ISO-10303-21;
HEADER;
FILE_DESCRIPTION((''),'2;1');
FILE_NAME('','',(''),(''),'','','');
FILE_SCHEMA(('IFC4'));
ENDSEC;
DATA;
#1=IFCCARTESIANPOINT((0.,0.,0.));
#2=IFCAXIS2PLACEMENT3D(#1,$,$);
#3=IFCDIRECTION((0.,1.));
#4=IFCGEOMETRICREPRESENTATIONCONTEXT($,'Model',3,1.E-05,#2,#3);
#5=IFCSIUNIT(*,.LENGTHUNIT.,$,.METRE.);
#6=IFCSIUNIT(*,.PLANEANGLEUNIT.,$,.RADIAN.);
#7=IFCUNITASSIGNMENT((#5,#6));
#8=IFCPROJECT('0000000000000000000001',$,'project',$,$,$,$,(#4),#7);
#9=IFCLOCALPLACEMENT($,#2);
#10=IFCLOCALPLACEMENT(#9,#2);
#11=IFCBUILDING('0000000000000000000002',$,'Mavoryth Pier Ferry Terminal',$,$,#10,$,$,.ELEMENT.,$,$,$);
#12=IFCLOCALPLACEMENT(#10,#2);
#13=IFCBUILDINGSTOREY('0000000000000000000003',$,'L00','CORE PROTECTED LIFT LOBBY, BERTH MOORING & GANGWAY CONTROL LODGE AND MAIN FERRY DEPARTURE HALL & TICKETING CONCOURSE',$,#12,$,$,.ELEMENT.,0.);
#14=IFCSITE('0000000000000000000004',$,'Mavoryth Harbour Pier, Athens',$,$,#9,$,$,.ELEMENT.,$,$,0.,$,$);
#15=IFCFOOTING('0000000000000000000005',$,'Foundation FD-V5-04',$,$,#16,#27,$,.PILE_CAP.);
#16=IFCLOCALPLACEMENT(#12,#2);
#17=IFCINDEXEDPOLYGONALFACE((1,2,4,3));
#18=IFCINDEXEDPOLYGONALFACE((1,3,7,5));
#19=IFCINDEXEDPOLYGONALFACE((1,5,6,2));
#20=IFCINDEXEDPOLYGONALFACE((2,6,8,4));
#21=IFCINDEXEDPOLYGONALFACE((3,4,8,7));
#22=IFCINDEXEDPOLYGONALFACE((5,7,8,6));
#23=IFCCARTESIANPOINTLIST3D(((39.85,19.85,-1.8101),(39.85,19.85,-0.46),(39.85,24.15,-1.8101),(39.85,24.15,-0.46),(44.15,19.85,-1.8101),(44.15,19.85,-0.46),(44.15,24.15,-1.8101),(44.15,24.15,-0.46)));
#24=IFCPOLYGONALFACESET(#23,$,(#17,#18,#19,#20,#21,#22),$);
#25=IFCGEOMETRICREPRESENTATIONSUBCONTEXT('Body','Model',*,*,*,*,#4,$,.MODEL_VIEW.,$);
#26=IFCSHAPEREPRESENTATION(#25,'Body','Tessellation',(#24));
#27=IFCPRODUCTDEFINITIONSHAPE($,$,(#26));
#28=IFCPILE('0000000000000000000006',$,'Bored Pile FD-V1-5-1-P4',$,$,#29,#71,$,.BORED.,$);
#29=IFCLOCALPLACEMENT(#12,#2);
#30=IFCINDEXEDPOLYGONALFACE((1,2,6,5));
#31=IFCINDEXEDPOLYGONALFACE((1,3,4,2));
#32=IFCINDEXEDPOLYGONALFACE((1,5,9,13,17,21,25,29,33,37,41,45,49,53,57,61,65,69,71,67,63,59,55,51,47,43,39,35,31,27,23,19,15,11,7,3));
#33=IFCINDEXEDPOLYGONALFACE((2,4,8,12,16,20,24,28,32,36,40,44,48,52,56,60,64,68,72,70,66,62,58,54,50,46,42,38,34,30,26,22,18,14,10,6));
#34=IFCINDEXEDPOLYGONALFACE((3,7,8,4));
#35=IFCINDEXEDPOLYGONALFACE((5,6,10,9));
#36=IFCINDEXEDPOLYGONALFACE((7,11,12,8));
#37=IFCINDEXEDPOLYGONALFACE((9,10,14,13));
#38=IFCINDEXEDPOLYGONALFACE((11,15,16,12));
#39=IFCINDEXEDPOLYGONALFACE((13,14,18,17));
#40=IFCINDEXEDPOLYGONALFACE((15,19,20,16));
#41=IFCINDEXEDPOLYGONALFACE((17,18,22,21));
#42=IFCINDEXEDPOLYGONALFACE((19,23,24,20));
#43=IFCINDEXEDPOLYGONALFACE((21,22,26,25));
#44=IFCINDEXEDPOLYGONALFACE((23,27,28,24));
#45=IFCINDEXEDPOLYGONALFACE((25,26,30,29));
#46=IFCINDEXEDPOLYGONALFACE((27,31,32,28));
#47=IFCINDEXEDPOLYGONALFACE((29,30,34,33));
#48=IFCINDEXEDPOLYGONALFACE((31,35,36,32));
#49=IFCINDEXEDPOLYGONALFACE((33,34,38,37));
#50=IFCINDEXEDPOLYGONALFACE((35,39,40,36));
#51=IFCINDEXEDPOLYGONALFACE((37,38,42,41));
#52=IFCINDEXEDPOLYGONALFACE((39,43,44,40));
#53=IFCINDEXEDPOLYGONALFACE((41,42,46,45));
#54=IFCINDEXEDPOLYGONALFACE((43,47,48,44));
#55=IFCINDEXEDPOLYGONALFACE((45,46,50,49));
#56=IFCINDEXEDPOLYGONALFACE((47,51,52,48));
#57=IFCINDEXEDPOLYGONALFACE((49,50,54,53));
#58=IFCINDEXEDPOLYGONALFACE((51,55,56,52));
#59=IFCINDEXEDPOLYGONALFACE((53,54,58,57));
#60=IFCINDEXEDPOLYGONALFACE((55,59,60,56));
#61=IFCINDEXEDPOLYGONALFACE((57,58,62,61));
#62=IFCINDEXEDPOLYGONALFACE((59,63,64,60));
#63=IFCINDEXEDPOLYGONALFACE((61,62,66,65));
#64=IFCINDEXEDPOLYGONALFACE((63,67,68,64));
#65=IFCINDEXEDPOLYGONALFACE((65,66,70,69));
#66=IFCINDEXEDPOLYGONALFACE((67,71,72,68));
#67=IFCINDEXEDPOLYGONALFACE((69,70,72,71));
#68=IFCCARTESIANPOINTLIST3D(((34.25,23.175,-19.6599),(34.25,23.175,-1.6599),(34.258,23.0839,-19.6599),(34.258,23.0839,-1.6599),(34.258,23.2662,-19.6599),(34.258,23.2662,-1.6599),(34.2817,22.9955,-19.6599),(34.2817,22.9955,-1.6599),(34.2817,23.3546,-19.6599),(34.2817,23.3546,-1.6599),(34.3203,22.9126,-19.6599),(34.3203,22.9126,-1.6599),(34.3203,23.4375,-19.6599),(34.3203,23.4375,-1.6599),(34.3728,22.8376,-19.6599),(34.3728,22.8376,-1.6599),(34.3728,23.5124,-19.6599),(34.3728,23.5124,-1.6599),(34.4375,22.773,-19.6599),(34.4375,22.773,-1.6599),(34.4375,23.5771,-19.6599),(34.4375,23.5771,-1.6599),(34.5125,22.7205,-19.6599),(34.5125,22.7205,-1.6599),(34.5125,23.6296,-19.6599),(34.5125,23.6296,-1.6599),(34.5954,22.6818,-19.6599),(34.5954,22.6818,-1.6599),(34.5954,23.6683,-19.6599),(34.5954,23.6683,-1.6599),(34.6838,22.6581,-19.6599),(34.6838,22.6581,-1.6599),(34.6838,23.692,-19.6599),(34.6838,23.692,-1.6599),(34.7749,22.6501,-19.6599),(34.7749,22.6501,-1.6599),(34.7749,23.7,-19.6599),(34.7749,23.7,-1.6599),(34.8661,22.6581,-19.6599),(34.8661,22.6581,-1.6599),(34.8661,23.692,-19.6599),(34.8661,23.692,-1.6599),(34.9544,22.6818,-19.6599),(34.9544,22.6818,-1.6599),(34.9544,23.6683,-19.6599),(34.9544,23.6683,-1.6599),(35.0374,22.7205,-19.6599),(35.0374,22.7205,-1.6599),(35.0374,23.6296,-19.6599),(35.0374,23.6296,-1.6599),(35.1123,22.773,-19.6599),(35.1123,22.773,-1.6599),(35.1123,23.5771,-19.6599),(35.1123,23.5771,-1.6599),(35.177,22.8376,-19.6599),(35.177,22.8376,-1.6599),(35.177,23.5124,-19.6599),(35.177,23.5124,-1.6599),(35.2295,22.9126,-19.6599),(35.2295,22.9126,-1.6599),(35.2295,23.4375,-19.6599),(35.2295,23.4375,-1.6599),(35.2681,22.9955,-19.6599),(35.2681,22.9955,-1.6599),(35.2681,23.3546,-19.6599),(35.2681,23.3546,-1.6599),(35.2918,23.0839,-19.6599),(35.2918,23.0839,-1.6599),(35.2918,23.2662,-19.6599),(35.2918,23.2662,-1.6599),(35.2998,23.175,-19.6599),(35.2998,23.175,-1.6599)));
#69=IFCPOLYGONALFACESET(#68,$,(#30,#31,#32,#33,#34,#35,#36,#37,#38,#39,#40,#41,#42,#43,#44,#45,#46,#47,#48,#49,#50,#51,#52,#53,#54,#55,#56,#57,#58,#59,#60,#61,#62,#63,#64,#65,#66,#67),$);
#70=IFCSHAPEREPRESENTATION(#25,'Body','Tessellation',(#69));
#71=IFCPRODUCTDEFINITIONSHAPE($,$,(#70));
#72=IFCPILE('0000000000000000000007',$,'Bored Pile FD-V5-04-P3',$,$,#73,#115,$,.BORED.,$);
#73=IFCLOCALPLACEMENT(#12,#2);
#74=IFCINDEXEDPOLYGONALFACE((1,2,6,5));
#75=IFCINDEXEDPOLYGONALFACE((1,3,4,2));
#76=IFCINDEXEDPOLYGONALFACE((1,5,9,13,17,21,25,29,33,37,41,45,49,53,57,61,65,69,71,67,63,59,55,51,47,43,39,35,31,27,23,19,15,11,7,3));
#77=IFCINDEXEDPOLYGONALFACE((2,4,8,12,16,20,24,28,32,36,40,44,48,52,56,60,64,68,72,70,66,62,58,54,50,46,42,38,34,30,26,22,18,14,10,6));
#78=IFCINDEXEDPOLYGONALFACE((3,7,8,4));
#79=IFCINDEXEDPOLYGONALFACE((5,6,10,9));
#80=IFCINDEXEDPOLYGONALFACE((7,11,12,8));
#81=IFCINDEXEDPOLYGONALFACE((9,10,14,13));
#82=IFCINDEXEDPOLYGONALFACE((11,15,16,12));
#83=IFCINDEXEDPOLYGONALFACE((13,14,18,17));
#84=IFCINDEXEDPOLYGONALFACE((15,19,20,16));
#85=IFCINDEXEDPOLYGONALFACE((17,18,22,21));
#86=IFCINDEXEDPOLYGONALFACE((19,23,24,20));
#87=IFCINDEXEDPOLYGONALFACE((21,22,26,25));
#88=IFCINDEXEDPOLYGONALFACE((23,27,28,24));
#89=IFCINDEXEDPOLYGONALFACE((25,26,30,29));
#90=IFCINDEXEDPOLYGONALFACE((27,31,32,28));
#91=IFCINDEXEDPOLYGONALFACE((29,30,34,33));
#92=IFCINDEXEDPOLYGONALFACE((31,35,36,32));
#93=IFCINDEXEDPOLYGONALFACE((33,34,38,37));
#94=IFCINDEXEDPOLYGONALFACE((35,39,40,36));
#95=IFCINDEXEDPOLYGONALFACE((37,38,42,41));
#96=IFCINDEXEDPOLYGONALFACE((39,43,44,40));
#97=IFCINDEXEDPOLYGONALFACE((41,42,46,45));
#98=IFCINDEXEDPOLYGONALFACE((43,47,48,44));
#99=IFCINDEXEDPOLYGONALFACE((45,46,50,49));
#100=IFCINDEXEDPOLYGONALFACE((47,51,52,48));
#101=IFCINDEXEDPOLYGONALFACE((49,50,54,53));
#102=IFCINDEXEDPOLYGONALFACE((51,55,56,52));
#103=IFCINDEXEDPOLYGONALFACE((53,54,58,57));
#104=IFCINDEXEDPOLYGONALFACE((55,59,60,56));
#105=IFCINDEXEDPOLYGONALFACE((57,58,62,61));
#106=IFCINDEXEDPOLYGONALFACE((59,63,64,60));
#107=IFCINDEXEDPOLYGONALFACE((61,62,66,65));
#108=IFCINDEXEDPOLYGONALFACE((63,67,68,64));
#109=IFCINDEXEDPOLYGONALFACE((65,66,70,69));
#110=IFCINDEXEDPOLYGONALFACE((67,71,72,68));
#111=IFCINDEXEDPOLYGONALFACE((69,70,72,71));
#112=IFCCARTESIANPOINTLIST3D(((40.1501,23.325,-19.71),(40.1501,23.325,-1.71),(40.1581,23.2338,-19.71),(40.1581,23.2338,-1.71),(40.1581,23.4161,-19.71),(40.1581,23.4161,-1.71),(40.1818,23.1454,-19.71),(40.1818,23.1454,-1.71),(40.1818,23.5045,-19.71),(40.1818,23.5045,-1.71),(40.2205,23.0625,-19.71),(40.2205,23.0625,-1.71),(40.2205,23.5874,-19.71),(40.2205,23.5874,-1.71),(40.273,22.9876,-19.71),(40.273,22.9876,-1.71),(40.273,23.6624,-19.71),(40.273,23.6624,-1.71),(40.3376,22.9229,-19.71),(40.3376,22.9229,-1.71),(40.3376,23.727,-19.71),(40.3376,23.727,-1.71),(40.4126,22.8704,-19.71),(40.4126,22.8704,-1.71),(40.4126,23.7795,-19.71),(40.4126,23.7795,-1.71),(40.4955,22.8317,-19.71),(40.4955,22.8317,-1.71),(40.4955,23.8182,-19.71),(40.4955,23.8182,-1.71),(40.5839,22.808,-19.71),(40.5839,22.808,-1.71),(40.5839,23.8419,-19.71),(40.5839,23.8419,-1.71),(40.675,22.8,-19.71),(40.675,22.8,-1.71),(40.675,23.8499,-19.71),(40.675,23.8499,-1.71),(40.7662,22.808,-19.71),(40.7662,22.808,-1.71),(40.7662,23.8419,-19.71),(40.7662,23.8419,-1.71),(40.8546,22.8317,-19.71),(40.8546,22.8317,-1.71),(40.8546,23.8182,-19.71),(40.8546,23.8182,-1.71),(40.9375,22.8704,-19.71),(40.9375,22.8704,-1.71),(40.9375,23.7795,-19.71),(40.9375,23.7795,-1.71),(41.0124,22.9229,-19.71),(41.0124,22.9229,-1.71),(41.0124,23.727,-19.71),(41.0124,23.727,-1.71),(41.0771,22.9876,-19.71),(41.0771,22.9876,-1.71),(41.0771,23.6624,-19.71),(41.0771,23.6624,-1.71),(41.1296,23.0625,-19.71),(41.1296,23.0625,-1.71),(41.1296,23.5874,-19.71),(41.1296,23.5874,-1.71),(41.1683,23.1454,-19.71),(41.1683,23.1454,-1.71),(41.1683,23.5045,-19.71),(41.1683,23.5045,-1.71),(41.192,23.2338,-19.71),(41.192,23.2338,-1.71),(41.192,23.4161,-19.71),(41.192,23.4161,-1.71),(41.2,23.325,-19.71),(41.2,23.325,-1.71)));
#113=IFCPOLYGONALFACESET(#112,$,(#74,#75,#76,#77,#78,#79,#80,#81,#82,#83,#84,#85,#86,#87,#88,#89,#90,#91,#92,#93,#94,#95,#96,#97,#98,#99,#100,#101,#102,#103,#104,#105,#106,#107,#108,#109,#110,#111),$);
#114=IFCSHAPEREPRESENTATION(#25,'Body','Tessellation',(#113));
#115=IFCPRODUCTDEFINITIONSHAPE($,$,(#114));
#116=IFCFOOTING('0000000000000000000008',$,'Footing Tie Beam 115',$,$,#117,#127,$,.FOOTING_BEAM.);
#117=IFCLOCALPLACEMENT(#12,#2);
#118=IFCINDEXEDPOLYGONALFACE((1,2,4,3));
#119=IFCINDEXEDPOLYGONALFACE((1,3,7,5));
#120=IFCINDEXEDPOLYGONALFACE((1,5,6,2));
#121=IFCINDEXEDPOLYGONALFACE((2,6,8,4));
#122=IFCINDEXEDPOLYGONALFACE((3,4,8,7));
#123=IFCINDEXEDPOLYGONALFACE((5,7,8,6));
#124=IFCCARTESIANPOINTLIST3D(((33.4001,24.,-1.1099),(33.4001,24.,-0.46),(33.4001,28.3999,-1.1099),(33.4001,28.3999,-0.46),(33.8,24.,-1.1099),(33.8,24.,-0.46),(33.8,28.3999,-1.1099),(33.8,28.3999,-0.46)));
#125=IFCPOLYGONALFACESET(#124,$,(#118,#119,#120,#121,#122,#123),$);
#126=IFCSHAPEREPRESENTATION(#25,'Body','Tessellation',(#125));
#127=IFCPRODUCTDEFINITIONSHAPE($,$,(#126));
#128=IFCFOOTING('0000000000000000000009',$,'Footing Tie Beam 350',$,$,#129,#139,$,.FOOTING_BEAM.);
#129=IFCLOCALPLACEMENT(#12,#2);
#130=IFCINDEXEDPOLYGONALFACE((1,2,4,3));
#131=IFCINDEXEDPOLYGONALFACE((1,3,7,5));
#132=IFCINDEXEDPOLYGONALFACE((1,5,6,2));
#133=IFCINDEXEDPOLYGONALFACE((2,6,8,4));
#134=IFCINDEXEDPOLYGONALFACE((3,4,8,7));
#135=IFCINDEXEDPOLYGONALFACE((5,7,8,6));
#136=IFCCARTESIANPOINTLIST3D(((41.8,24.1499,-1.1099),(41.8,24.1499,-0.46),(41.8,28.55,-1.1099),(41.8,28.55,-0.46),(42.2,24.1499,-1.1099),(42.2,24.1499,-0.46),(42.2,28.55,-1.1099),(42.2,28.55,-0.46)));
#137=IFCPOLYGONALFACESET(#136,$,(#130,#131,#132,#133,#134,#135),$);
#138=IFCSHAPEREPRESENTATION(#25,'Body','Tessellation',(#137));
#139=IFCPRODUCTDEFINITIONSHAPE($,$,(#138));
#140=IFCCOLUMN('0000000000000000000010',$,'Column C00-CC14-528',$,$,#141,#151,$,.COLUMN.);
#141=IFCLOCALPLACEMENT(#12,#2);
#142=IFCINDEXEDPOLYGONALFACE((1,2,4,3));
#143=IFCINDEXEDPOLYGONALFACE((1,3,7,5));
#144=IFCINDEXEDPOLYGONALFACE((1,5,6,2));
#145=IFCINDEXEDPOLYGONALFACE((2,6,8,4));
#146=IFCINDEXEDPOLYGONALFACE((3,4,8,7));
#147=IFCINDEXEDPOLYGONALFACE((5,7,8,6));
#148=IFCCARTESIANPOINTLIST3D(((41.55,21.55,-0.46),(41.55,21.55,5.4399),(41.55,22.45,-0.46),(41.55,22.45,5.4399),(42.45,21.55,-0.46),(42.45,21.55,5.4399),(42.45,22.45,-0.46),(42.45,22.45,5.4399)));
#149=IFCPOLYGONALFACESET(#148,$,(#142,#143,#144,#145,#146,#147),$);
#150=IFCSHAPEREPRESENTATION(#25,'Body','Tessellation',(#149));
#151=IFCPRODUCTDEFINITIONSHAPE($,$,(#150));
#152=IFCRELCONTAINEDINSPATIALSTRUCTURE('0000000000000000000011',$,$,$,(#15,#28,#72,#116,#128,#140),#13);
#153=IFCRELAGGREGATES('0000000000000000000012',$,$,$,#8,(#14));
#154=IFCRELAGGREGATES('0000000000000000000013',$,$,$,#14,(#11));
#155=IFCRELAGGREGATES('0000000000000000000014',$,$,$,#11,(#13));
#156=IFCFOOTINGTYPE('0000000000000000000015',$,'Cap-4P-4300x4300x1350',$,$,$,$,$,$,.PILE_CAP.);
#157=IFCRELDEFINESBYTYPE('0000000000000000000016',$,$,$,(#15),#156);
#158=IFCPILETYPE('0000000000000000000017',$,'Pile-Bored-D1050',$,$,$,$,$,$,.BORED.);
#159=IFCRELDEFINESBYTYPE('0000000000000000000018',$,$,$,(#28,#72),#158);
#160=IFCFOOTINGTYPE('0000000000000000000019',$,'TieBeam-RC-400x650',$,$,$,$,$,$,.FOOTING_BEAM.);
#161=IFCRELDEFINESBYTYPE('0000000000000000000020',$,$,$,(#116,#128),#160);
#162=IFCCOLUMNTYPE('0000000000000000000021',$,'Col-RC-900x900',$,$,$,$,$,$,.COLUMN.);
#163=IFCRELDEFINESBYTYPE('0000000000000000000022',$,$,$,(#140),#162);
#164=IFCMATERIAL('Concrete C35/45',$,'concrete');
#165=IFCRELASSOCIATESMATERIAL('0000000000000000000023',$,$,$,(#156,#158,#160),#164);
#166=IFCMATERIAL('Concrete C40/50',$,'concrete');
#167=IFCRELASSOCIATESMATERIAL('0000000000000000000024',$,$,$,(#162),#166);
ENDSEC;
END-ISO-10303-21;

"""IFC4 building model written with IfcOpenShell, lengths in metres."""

from ifc_helpers import new_model, si_unit, direction, frame, origin, origin_2d, place, context, subcontext, project, spatial, rectangle, circle, extrude, material, material_profile, profile_set, type_object, element, save


model = new_model("IFC4")

# Units and contexts
model_context = context("Model", 3, precision=1e-05, world=origin(), true_north=direction((0.0, 1.0)))
body_context = subcontext(model_context, "Body", "Model", "MODEL_VIEW")
ifc_project = project(units=[si_unit("LENGTHUNIT", "METRE"), si_unit("PLANEANGLEUNIT", "RADIAN")], contexts=[model_context])

# Site, building, storey
site_placement = place(None, origin())
site = spatial("IfcSite", under=ifc_project, at=site_placement, Name="Mavoryth Harbour Pier, Athens", CompositionType="ELEMENT", RefElevation=0.0)
building_placement = place(site_placement, origin())
building = spatial("IfcBuilding", under=site, at=building_placement, Name="Mavoryth Pier Ferry Terminal", CompositionType="ELEMENT")
storey_placement = place(building_placement, origin())
storey = spatial("IfcBuildingStorey", under=building, at=storey_placement, Name="L00", Description="CORE PROTECTED LIFT LOBBY, BERTH MOORING & GANGWAY CONTROL LODGE AND MAIN FERRY DEPARTURE HALL & TICKETING CONCOURSE", CompositionType="ELEMENT", Elevation=0.0)

# Footing
ifc_material_1 = material(Name="Concrete C35/45", Category="concrete")
footing_type_1 = type_object("IfcFootingType", Name="Cap-4P-4300x4300x1350", PredefinedType="PILE_CAP", material=ifc_material_1)
footing_1_placement = place(storey_placement, frame((42.0, 22.0, -1.8101), z_axis=(0.0, 0.0, 1.0), x_axis=(1.0, 0.0, 0.0)))
element("IfcFooting", 1, at=footing_1_placement, inside=storey, type_object=footing_type_1, Name="Foundation FD-V5-04", PredefinedType="PILE_CAP", context=body_context, shape_type="SweptSolid", body=[
    extrude(rectangle(XDim=4.3, YDim=4.3, at=origin_2d()), origin(), (0.0, 0.0, 1.0), 1.3501),
])

# Piles
ifc_material_profile_1 = material_profile(ifc_material_1, circle(Radius=0.5249, at=origin_2d()), Name="PILE D1050", Category="concrete")
ifc_profile_set_1 = profile_set([ifc_material_profile_1], Name="Concrete C35/45 - PILE D1050")
pile_type = type_object("IfcPileType", Name="Pile-Bored-D1050", PredefinedType="BORED", material=ifc_profile_set_1)
for number, where, z_axis, x_axis, name in (
    (2, (34.7749, 23.175, -1.6599), (0.0, 0.0, -1.0), (1.0, 0.0, 0.0), "Bored Pile FD-V1-5-1-P4"),
    (3, (40.675, 23.325, -1.71), (0.0, 0.0, -1.0), (1.0, 0.0, 0.0), "Bored Pile FD-V5-04-P3"),
):
    element("IfcPile", number, at=place(storey_placement, frame(where, z_axis=z_axis, x_axis=x_axis)), inside=storey, type_object=pile_type, Name=name, PredefinedType="BORED", context=body_context, shape_type="SweptSolid", body=[
        extrude(circle(Radius=0.5249, at=origin_2d()), origin(), (0.0, 0.0, 1.0), 18.0),
    ])

# Footings
ifc_material_profile_2 = material_profile(ifc_material_1, rectangle(XDim=0.3999, YDim=0.6499, at=origin_2d()), Name="RC 400x650", Category="concrete")
ifc_profile_set_2 = profile_set([ifc_material_profile_2], Name="Concrete C35/45 - RC 400x650")
footing_type_2 = type_object("IfcFootingType", Name="TieBeam-RC-400x650", PredefinedType="FOOTING_BEAM", material=ifc_profile_set_2)
footing_2_placement = place(storey_placement, frame((33.6001, 24.0, -0.7849), z_axis=(0.0, 1.0, 0.0), x_axis=(-1.0, 0.0, 0.0)))
element("IfcFooting", 4, at=footing_2_placement, inside=storey, type_object=footing_type_2, Name="Footing Tie Beam 115", PredefinedType="FOOTING_BEAM", context=body_context, shape_type="SweptSolid", body=[
    extrude(rectangle(XDim=0.3999, YDim=0.6499, at=origin_2d()), origin(), (0.0, 0.0, 1.0), 4.3999),
])
footing_3_placement = place(storey_placement, frame((42.0, 24.1499, -0.7849), z_axis=(0.0, 1.0, 0.0), x_axis=(-1.0, 0.0, 0.0)))
element("IfcFooting", 5, at=footing_3_placement, inside=storey, type_object=footing_type_2, Name="Footing Tie Beam 350", PredefinedType="FOOTING_BEAM", context=body_context, shape_type="SweptSolid", body=[
    extrude(rectangle(XDim=0.3999, YDim=0.6499, at=origin_2d()), origin(), (0.0, 0.0, 1.0), 4.4001),
])

# Column
ifc_material_2 = material(Name="Concrete C40/50", Category="concrete")
ifc_material_profile_3 = material_profile(ifc_material_2, rectangle(XDim=0.8999, YDim=0.8999, at=origin_2d()), Name="RC 900x900", Category="concrete")
ifc_profile_set_3 = profile_set([ifc_material_profile_3], Name="Concrete C40/50 - RC 900x900")
column_type = type_object("IfcColumnType", Name="Col-RC-900x900", PredefinedType="COLUMN", material=ifc_profile_set_3)
column_placement = place(storey_placement, frame((42.0, 22.0, -0.46), z_axis=(0.0, 0.0, 1.0), x_axis=(1.0, 0.0, 0.0)))
element("IfcColumn", 6, at=column_placement, inside=storey, type_object=column_type, Name="Column C00-CC14-528", PredefinedType="COLUMN", context=body_context, shape_type="SweptSolid", body=[
    extrude(rectangle(XDim=0.8999, YDim=0.8999, at=origin_2d()), origin(), (0.0, 0.0, 1.0), 5.8999),
])

save(model, "model.ifc")
